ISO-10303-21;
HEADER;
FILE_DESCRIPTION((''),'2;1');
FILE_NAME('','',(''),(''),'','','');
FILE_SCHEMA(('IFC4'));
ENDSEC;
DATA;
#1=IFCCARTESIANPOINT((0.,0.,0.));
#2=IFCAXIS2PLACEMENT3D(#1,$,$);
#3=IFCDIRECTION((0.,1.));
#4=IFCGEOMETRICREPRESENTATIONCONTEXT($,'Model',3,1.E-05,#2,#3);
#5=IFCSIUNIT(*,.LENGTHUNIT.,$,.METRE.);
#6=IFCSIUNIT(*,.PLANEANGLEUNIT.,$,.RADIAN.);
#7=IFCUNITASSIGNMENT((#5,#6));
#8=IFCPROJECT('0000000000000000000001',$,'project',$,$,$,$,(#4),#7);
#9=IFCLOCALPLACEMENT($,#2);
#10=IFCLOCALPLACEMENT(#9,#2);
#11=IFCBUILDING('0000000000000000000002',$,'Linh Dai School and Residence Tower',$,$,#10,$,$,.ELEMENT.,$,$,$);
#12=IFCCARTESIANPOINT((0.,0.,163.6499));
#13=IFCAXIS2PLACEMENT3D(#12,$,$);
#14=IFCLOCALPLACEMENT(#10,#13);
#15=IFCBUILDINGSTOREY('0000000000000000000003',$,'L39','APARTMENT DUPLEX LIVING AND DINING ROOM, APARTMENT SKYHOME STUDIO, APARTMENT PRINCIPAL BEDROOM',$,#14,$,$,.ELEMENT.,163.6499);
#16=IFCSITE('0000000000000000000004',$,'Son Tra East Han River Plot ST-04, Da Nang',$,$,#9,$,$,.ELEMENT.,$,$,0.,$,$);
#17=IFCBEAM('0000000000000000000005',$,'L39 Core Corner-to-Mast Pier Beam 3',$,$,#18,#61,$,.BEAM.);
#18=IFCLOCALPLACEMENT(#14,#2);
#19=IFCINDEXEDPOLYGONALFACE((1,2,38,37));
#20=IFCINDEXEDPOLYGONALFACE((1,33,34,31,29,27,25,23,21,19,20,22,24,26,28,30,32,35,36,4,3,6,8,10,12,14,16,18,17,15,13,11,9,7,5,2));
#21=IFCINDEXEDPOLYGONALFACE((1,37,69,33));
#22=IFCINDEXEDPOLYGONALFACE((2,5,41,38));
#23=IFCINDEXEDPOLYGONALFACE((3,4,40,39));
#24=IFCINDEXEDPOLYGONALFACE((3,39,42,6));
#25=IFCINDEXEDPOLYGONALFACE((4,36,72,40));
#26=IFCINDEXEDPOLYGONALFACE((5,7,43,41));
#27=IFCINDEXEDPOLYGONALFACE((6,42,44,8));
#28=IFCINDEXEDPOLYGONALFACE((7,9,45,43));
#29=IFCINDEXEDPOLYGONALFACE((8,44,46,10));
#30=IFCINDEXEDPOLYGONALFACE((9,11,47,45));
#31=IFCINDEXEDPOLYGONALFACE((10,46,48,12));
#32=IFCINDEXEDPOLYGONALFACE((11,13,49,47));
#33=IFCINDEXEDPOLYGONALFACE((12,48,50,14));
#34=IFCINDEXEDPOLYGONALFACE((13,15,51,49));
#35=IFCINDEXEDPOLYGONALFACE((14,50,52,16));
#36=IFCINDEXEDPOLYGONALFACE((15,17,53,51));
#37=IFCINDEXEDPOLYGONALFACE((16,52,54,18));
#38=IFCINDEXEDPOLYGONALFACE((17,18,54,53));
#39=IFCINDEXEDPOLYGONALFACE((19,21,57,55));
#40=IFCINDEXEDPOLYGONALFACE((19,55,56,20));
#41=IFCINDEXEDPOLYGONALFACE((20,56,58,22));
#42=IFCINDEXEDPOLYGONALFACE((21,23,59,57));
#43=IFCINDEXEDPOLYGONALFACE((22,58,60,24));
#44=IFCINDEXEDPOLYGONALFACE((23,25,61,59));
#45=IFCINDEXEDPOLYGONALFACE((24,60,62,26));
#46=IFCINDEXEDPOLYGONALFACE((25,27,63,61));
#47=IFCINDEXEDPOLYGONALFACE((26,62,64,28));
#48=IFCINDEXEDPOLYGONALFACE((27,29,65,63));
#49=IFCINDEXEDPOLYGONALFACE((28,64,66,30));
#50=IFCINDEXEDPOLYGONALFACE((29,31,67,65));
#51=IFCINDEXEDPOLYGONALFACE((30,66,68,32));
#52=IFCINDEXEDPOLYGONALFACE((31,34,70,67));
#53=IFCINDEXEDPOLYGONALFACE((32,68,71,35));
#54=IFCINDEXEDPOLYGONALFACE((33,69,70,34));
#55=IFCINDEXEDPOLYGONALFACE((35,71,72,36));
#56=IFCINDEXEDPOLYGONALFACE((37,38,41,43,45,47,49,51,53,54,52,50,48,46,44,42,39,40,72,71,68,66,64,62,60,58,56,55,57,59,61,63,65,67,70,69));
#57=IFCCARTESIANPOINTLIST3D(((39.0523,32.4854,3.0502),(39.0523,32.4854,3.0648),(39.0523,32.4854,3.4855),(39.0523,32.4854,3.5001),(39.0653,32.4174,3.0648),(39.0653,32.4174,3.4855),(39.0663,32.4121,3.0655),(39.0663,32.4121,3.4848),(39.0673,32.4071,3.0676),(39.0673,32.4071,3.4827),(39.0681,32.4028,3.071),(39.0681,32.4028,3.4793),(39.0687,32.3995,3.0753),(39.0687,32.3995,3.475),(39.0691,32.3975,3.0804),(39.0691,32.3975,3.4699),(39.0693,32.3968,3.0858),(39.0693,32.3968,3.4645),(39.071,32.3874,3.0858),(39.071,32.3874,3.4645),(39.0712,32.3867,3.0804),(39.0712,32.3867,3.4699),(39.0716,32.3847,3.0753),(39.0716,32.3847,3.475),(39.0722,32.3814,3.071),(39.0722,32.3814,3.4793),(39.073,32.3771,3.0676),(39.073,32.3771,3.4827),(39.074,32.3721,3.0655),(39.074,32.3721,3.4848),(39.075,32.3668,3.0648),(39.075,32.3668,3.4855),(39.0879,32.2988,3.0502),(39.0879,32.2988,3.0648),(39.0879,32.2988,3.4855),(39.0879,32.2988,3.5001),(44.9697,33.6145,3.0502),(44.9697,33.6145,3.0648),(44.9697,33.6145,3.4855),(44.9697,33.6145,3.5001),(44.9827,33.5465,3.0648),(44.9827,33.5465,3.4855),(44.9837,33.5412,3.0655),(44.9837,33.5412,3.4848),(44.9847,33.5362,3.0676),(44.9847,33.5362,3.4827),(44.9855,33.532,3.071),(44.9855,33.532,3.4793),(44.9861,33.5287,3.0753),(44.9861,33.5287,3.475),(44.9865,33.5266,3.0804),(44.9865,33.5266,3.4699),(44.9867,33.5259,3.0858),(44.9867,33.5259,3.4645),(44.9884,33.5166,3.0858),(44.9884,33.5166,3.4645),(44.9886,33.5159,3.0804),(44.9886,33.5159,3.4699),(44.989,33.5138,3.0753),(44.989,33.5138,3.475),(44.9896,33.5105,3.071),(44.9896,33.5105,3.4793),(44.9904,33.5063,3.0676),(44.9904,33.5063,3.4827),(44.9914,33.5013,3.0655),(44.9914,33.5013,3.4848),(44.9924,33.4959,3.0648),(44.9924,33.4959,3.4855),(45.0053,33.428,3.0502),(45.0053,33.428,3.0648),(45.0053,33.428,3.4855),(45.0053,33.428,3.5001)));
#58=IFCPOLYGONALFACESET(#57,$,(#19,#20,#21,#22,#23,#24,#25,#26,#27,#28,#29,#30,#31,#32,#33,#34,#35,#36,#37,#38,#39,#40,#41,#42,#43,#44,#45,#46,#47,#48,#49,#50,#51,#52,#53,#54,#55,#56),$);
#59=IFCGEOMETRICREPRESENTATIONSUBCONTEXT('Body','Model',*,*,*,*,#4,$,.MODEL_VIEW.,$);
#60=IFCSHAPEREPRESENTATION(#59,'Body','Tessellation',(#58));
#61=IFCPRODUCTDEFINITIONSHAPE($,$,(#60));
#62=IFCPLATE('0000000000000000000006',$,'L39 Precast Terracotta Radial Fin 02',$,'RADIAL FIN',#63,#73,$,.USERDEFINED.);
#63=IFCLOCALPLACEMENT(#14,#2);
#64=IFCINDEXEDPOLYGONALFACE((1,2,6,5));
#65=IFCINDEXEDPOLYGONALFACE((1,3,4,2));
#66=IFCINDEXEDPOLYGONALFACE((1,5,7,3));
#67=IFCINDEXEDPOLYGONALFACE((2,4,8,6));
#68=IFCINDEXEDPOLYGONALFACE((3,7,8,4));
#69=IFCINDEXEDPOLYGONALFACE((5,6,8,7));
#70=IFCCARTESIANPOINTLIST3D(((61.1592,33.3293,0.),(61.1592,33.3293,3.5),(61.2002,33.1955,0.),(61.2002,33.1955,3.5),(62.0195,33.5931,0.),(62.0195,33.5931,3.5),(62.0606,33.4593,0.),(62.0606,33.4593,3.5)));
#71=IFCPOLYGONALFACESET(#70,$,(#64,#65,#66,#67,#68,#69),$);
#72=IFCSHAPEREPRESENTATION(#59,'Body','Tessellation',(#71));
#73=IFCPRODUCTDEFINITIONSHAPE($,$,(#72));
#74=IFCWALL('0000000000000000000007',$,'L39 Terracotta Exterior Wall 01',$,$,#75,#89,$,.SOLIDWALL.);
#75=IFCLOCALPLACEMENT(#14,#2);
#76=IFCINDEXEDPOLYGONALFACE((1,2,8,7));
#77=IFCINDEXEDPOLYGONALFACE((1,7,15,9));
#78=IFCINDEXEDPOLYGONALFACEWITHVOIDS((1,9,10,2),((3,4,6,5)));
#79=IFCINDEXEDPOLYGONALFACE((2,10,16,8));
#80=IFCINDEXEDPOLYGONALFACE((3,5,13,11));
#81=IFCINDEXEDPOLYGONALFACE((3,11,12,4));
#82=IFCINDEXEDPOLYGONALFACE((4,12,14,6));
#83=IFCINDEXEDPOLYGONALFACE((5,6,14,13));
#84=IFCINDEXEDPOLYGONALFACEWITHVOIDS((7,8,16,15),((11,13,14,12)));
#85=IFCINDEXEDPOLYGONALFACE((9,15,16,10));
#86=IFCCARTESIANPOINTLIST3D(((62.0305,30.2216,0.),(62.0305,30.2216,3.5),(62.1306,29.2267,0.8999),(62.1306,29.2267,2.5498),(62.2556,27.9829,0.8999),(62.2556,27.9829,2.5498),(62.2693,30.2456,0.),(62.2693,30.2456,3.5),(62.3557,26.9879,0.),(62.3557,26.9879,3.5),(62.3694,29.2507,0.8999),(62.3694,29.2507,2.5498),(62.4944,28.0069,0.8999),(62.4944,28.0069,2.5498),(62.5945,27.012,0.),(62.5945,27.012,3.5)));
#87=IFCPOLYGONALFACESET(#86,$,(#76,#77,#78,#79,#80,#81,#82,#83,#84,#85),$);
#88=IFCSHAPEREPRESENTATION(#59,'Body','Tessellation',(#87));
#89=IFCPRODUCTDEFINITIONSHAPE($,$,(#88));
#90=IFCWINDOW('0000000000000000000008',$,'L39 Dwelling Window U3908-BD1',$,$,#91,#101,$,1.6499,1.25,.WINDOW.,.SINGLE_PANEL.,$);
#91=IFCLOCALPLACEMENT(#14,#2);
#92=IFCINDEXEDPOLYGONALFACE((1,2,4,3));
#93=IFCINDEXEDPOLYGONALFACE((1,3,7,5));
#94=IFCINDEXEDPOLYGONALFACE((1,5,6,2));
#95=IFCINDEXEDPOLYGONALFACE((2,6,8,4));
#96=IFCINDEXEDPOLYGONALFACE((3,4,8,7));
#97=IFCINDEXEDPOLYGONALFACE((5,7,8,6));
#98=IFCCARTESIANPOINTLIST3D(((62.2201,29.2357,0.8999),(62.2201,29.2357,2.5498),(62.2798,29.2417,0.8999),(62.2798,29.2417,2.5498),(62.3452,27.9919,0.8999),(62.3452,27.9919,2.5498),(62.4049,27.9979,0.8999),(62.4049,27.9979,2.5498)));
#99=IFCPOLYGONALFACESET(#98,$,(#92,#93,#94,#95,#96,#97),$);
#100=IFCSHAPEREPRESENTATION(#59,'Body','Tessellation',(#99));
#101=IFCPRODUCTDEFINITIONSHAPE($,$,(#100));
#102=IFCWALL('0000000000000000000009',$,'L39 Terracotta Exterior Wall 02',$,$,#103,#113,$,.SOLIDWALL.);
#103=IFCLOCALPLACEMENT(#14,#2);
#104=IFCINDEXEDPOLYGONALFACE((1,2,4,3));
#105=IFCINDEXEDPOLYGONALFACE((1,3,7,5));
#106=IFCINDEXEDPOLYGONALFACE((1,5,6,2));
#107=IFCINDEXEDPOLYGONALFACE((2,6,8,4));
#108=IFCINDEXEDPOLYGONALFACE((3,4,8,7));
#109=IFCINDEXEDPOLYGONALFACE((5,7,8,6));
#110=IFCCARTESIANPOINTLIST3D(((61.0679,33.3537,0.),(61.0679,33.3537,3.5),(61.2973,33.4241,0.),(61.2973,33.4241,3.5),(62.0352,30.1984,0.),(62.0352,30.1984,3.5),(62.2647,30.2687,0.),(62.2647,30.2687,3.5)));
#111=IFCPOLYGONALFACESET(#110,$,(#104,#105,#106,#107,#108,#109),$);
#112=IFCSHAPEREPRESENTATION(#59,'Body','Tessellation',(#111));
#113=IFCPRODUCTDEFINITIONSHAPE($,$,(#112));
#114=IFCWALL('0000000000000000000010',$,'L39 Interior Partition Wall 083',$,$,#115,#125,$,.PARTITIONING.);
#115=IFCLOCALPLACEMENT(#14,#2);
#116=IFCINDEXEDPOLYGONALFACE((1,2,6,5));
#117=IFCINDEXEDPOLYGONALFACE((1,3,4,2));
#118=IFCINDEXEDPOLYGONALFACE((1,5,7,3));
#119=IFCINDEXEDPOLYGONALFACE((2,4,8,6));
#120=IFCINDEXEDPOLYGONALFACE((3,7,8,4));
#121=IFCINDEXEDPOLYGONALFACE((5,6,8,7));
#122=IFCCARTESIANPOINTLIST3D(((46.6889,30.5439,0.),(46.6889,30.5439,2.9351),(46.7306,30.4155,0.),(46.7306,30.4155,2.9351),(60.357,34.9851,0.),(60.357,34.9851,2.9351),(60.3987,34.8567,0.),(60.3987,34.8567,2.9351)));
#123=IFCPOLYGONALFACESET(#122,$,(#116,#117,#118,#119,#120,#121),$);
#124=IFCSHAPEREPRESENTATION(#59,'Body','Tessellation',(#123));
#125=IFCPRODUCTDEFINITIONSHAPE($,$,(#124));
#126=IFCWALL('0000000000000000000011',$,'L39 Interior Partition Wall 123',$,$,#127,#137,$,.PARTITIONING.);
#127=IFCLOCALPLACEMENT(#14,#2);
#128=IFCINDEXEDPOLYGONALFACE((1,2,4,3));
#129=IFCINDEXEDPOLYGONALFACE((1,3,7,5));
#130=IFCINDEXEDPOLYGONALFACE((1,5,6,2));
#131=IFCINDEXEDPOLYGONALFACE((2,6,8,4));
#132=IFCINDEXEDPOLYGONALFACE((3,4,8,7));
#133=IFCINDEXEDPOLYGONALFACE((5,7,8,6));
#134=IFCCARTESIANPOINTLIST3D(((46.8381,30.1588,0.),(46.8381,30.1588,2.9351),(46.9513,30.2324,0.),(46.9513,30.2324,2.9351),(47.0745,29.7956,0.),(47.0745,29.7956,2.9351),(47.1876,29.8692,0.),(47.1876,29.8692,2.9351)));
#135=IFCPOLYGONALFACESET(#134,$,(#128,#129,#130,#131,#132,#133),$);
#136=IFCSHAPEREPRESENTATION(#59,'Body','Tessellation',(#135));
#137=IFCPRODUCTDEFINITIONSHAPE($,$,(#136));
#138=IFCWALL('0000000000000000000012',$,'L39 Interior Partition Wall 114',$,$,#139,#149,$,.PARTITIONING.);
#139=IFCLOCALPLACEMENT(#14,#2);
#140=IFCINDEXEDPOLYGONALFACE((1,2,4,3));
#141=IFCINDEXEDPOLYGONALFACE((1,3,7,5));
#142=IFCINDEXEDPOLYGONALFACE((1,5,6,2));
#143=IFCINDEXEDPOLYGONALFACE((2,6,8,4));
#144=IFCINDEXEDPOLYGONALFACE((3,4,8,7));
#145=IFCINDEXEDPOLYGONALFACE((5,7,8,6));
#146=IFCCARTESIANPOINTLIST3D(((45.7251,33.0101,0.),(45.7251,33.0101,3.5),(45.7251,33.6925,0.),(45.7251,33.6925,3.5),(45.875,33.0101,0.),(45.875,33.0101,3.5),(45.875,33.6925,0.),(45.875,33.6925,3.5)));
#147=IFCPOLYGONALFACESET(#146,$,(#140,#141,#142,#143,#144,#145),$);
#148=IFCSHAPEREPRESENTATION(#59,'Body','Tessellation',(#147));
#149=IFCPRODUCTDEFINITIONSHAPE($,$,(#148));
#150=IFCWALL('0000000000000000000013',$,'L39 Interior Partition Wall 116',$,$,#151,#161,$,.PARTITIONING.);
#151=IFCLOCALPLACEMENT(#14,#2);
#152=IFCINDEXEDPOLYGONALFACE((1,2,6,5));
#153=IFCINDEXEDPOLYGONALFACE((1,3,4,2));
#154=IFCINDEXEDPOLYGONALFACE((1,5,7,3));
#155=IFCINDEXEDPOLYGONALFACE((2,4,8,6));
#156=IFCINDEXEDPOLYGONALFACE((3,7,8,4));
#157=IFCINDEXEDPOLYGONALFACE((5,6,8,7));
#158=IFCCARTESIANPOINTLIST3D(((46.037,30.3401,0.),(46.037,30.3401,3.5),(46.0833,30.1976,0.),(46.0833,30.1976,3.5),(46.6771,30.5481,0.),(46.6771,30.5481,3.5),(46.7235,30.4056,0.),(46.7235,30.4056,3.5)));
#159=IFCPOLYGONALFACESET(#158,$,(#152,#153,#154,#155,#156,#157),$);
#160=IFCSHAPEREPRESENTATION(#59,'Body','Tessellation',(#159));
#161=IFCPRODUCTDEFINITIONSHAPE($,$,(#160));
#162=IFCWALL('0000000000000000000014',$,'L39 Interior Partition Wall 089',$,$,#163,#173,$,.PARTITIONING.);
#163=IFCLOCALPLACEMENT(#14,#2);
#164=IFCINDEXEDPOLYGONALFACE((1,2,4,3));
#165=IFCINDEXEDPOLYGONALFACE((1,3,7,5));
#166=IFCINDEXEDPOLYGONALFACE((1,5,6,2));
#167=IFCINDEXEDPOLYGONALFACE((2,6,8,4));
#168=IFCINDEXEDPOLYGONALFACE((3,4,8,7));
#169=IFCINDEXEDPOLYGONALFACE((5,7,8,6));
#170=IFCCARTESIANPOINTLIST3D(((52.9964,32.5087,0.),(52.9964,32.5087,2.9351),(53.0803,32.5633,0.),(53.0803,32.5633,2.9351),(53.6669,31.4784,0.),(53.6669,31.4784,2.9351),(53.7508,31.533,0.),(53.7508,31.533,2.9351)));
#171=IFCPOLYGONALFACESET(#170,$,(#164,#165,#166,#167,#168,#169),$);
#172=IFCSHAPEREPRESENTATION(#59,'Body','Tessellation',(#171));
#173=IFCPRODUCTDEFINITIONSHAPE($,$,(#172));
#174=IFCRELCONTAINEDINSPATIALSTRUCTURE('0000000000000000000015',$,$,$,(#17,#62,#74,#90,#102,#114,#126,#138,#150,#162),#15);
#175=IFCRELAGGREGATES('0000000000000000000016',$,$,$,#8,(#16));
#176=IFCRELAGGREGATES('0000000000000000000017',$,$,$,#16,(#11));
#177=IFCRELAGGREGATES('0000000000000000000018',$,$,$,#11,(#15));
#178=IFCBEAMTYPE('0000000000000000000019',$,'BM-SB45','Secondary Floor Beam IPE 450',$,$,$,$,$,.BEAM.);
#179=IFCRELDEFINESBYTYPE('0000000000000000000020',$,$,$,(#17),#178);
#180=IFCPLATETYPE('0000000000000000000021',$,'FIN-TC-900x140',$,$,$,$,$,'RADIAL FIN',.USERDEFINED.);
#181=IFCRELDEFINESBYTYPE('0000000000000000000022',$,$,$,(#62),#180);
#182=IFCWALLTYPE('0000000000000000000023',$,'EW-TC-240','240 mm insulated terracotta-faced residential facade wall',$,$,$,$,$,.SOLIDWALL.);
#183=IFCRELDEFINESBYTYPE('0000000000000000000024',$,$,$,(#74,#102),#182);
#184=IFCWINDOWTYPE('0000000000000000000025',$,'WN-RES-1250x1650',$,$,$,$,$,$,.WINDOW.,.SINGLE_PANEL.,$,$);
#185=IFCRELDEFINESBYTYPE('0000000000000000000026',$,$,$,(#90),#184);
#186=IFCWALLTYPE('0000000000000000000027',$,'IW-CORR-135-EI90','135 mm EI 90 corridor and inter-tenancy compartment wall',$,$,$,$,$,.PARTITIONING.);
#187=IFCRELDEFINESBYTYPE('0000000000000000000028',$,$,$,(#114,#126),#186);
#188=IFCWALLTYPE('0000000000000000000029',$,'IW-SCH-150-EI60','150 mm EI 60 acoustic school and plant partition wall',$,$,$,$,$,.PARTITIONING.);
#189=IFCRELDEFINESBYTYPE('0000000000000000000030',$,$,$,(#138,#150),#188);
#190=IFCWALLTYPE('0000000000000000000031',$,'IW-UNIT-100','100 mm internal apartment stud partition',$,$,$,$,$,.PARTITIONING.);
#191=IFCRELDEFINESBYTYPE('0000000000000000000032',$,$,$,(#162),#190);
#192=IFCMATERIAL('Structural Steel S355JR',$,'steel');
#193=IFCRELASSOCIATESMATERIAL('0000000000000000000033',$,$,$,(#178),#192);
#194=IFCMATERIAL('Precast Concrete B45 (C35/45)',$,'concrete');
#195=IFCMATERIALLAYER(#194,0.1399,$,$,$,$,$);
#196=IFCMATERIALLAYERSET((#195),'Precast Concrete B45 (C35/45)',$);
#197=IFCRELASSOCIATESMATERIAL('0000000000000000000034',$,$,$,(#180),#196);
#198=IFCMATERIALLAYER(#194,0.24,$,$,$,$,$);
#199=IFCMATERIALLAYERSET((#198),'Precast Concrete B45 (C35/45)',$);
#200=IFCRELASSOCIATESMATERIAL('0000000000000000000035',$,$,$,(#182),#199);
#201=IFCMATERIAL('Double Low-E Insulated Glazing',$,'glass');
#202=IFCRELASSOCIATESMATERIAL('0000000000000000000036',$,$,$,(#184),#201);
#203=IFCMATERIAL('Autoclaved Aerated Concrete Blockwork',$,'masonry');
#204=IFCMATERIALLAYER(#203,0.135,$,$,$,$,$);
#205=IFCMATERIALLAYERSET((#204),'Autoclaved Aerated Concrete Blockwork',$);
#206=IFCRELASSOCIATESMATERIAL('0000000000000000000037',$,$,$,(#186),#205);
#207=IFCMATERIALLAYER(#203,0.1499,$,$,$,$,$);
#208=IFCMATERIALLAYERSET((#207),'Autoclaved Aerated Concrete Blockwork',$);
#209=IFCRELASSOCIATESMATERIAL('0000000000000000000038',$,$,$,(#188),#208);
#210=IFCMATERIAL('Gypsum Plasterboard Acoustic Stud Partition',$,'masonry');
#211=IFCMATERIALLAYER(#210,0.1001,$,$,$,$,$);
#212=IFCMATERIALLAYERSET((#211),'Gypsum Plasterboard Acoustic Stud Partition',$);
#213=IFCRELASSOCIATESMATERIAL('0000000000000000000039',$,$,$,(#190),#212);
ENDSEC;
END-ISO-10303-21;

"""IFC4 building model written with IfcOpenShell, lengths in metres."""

from ifc_helpers import new_model, si_unit, direction, frame, frame_2d, origin, origin_2d, place, context, subcontext, project, spatial, rectangle, i_section, extrude, source, transform, mapped, material, layer, layer_set, material_profile, profile_set, type_object, element, fill, save


model = new_model("IFC4")

# Units and contexts
model_context = context("Model", 3, precision=1e-05, world=origin(), true_north=direction((0.0, 1.0)))
body_context = subcontext(model_context, "Body", "Model", "MODEL_VIEW")
ifc_project = project(units=[si_unit("LENGTHUNIT", "METRE"), si_unit("PLANEANGLEUNIT", "RADIAN")], contexts=[model_context])

# Site, building, storey
site_placement = place(None, origin())
site = spatial("IfcSite", under=ifc_project, at=site_placement, Name="Son Tra East Han River Plot ST-04, Da Nang", CompositionType="ELEMENT", RefElevation=0.0)
building_placement = place(site_placement, origin())
building = spatial("IfcBuilding", under=site, at=building_placement, Name="Linh Dai School and Residence Tower", CompositionType="ELEMENT")
storey_placement = place(building_placement, frame((0.0, 0.0, 163.6499)))
storey = spatial("IfcBuildingStorey", under=building, at=storey_placement, Name="L39", Description="APARTMENT DUPLEX LIVING AND DINING ROOM, APARTMENT SKYHOME STUDIO, APARTMENT PRINCIPAL BEDROOM", CompositionType="ELEMENT", Elevation=163.6499)

# Shared definitions
ifc_material_1 = material(Name="Structural Steel S355JR", Category="steel")

# Beam
ifc_material_profile_1 = material_profile(ifc_material_1, i_section(OverallWidth=0.1899, OverallDepth=0.45, WebThickness=0.0095, FlangeThickness=0.0146, FilletRadius=0.021, at=origin_2d()), Name="IPE 450")
ifc_profile_set_1 = profile_set([ifc_material_profile_1], Name="Structural Steel S355JR")
beam_type_1 = type_object("IfcBeamType", Name="BM-SB45", Description="Secondary Floor Beam IPE 450", PredefinedType="BEAM", material=ifc_profile_set_1)
beam_1_placement = place(storey_placement, frame((44.9875, 33.5212, 3.2751), z_axis=(-0.982277, -0.187434, 0.0), x_axis=(0.187434, -0.982277, 0.0)))
element("IfcBeam", 1, at=beam_1_placement, inside=storey, type_object=beam_type_1, Name="L39 Core Corner-to-Mast Pier Beam 3", PredefinedType="BEAM", context=body_context, shape_type="SweptSolid", body=[
    extrude(i_section(OverallWidth=0.1899, OverallDepth=0.45, WebThickness=0.0095, FlangeThickness=0.0146, FilletRadius=0.021, at=origin_2d()), origin(), (0.0, 0.0, 1.0), 6.0242),
])

# Plate
ifc_material_2 = material(Name="Precast Concrete B45 (C35/45)", Category="concrete")
ifc_layer_1 = layer(ifc_material_2, 0.1399)
ifc_layer_set_1 = layer_set([ifc_layer_1], Name="Precast Concrete B45 (C35/45)")
plate_type = type_object("IfcPlateType", Name="FIN-TC-900x140", ElementType="RADIAL FIN", PredefinedType="USERDEFINED", material=ifc_layer_set_1)
shared_shape_1 = source(origin(), body_context, "Body", "SweptSolid", [
    extrude(rectangle(XDim=0.8999, YDim=0.1399, at=origin_2d()), origin(), (0.0, 0.0, 1.0), 3.5),
])
plate_placement = place(storey_placement, frame((61.6099, 33.3943, 0.0), z_axis=(0.0, 0.0, 1.0), x_axis=(0.956075, 0.293122, 0.0)))
element("IfcPlate", 2, at=plate_placement, inside=storey, type_object=plate_type, Name="L39 Precast Terracotta Radial Fin 02", ObjectType="RADIAL FIN", PredefinedType="USERDEFINED", context=body_context, shape_type="MappedRepresentation", body=[
    mapped(shared_shape_1, transform((0.0, 0.0, 0.0), x_axis=(1.0, 0.0, 0.0), y_axis=(0.0, 1.0, 0.0), z_axis=(0.0, 0.0, 1.0), scale=1.0)),
])

# Wall, opening, window
ifc_layer_2 = layer(ifc_material_2, 0.24)
ifc_layer_set_2 = layer_set([ifc_layer_2], Name="Precast Concrete B45 (C35/45)")
wall_type_1 = type_object("IfcWallType", Name="EW-TC-240", Description="240 mm insulated terracotta-faced residential facade wall", PredefinedType="SOLIDWALL", material=ifc_layer_set_2)
wall_1_placement = place(storey_placement, frame((62.1499, 30.2336, 0.0), z_axis=(0.0, 0.0, 1.0), x_axis=(0.100062, -0.994981, 0.0)))
wall_1 = element("IfcWall", 3, at=wall_1_placement, inside=storey, type_object=wall_type_1, Name="L39 Terracotta Exterior Wall 01", PredefinedType="SOLIDWALL", context=body_context, shape_type="SweptSolid", body=[
    extrude(rectangle(XDim=3.25, YDim=0.24, at=frame_2d((1.625, 0.0))), origin(), (0.0, 0.0, 1.0), 3.5),
])
opening_1_placement = place(wall_1_placement, frame((1.0, 0.0, 0.8999)))
opening_1 = element("IfcOpeningElement", 4, at=opening_1_placement, cuts=wall_1, PredefinedType="OPENING", context=body_context, shape_type="SweptSolid", body=[
    extrude(rectangle(XDim=1.25, YDim=1.6499, at=origin_2d()), frame((0.625, 0.1299, 0.825), z_axis=(0.0, -1.0, 0.0), x_axis=(1.0, 0.0, 0.0)), (0.0, 0.0, 1.0), 0.26),
])
ifc_material_3 = material(Name="Double Low-E Insulated Glazing", Category="glass")
window_type = type_object("IfcWindowType", Name="WN-RES-1250x1650", PartitioningType="SINGLE_PANEL", PredefinedType="WINDOW", material=ifc_material_3)
shared_shape_2 = source(origin(), body_context, "Body", "SweptSolid", [
    extrude(rectangle(XDim=1.25, YDim=1.6499, at=origin_2d()), frame((0.625, 0.03, 0.825), z_axis=(0.0, -1.0, 0.0), x_axis=(1.0, 0.0, 0.0)), (0.0, 0.0, 1.0), 0.0601),
])
window_placement = place(opening_1_placement, origin())
window = element("IfcWindow", 5, at=window_placement, inside=storey, type_object=window_type, Name="L39 Dwelling Window U3908-BD1", OverallHeight=1.6499, OverallWidth=1.25, PartitioningType="SINGLE_PANEL", PredefinedType="WINDOW", context=body_context, shape_type="MappedRepresentation", body=[
    mapped(shared_shape_2, transform((0.0, 0.0, 0.0), x_axis=(1.0, 0.0, 0.0), y_axis=(0.0, 1.0, 0.0), z_axis=(0.0, 0.0, 1.0), scale=1.0)),
])
fill(opening_1, window)

# Walls
wall_2_placement = place(storey_placement, frame((61.1826, 33.3889, 0.0), z_axis=(0.0, 0.0, 1.0), x_axis=(0.293098, -0.956082, 0.0)))
element("IfcWall", 6, at=wall_2_placement, inside=storey, type_object=wall_type_1, Name="L39 Terracotta Exterior Wall 02", PredefinedType="SOLIDWALL", context=body_context, shape_type="SweptSolid", body=[
    extrude(rectangle(XDim=3.3003, YDim=0.24, at=frame_2d((1.6501, 0.0))), origin(), (0.0, 0.0, 1.0), 3.5),
])
ifc_material_4 = material(Name="Autoclaved Aerated Concrete Blockwork", Category="masonry")
ifc_layer_3 = layer(ifc_material_4, 0.135)
ifc_layer_set_3 = layer_set([ifc_layer_3], Name="Autoclaved Aerated Concrete Blockwork")
wall_type_2 = type_object("IfcWallType", Name="IW-CORR-135-EI90", Description="135 mm EI 90 corridor and inter-tenancy compartment wall", PredefinedType="PARTITIONING", material=ifc_layer_set_3)
wall_3_placement = place(storey_placement, frame((46.7097, 30.4797, 0.0), z_axis=(0.0, 0.0, 1.0), x_axis=(0.951055, 0.309023, 0.0)))
element("IfcWall", 7, at=wall_3_placement, inside=storey, type_object=wall_type_2, Name="L39 Interior Partition Wall 083", PredefinedType="PARTITIONING", context=body_context, shape_type="SweptSolid", body=[
    extrude(rectangle(XDim=14.3716, YDim=0.135, at=frame_2d((7.1858, 0.0))), origin(), (0.0, 0.0, 1.0), 2.9351),
])
wall_4_placement = place(storey_placement, frame((47.1311, 29.8323, 0.0), z_axis=(0.0, 0.0, 1.0), x_axis=(-0.545305, 0.838238, 0.0)))
element("IfcWall", 8, at=wall_4_placement, inside=storey, type_object=wall_type_2, Name="L39 Interior Partition Wall 123", PredefinedType="PARTITIONING", context=body_context, shape_type="SweptSolid", body=[
    extrude(rectangle(XDim=0.4333, YDim=0.135, at=frame_2d((0.2168, 0.0))), origin(), (0.0, 0.0, 1.0), 2.9351),
])
ifc_layer_4 = layer(ifc_material_4, 0.1499)
ifc_layer_set_4 = layer_set([ifc_layer_4], Name="Autoclaved Aerated Concrete Blockwork")
wall_type_3 = type_object("IfcWallType", Name="IW-SCH-150-EI60", Description="150 mm EI 60 acoustic school and plant partition wall", PredefinedType="PARTITIONING", material=ifc_layer_set_4)
wall_5_placement = place(storey_placement, frame((45.8, 33.01, 0.0), z_axis=(0.0, 0.0, 1.0), x_axis=(0.0, 1.0, 0.0)))
element("IfcWall", 9, at=wall_5_placement, inside=storey, type_object=wall_type_3, Name="L39 Interior Partition Wall 114", PredefinedType="PARTITIONING", context=body_context, shape_type="SweptSolid", body=[
    extrude(rectangle(XDim=0.6824, YDim=0.1499, at=frame_2d((0.3413, 0.0))), origin(), (0.0, 0.0, 1.0), 3.5),
])
wall_6_placement = place(storey_placement, frame((46.7002, 30.4768, 0.0), z_axis=(0.0, 0.0, 1.0), x_axis=(-0.95105, -0.309037, 0.0)))
element("IfcWall", 10, at=wall_6_placement, inside=storey, type_object=wall_type_3, Name="L39 Interior Partition Wall 116", PredefinedType="PARTITIONING", context=body_context, shape_type="SweptSolid", body=[
    extrude(rectangle(XDim=0.6731, YDim=0.1499, at=frame_2d((0.3364, 0.0))), origin(), (0.0, 0.0, 1.0), 3.5),
])
ifc_material_5 = material(Name="Gypsum Plasterboard Acoustic Stud Partition", Category="masonry")
ifc_layer_5 = layer(ifc_material_5, 0.1001)
ifc_layer_set_5 = layer_set([ifc_layer_5], Name="Gypsum Plasterboard Acoustic Stud Partition")
wall_type_4 = type_object("IfcWallType", Name="IW-UNIT-100", Description="100 mm internal apartment stud partition", PredefinedType="PARTITIONING", material=ifc_layer_set_5)
wall_7_placement = place(storey_placement, frame((53.0383, 32.5361, 0.0), z_axis=(0.0, 0.0, 1.0), x_axis=(0.545407, -0.838171, 0.0)))
element("IfcWall", 11, at=wall_7_placement, inside=storey, type_object=wall_type_4, Name="L39 Interior Partition Wall 089", PredefinedType="PARTITIONING", context=body_context, shape_type="SweptSolid", body=[
    extrude(rectangle(XDim=1.2292, YDim=0.1001, at=frame_2d((0.6147, 0.0))), origin(), (0.0, 0.0, 1.0), 2.9351),
])

save(model, "model.ifc")
